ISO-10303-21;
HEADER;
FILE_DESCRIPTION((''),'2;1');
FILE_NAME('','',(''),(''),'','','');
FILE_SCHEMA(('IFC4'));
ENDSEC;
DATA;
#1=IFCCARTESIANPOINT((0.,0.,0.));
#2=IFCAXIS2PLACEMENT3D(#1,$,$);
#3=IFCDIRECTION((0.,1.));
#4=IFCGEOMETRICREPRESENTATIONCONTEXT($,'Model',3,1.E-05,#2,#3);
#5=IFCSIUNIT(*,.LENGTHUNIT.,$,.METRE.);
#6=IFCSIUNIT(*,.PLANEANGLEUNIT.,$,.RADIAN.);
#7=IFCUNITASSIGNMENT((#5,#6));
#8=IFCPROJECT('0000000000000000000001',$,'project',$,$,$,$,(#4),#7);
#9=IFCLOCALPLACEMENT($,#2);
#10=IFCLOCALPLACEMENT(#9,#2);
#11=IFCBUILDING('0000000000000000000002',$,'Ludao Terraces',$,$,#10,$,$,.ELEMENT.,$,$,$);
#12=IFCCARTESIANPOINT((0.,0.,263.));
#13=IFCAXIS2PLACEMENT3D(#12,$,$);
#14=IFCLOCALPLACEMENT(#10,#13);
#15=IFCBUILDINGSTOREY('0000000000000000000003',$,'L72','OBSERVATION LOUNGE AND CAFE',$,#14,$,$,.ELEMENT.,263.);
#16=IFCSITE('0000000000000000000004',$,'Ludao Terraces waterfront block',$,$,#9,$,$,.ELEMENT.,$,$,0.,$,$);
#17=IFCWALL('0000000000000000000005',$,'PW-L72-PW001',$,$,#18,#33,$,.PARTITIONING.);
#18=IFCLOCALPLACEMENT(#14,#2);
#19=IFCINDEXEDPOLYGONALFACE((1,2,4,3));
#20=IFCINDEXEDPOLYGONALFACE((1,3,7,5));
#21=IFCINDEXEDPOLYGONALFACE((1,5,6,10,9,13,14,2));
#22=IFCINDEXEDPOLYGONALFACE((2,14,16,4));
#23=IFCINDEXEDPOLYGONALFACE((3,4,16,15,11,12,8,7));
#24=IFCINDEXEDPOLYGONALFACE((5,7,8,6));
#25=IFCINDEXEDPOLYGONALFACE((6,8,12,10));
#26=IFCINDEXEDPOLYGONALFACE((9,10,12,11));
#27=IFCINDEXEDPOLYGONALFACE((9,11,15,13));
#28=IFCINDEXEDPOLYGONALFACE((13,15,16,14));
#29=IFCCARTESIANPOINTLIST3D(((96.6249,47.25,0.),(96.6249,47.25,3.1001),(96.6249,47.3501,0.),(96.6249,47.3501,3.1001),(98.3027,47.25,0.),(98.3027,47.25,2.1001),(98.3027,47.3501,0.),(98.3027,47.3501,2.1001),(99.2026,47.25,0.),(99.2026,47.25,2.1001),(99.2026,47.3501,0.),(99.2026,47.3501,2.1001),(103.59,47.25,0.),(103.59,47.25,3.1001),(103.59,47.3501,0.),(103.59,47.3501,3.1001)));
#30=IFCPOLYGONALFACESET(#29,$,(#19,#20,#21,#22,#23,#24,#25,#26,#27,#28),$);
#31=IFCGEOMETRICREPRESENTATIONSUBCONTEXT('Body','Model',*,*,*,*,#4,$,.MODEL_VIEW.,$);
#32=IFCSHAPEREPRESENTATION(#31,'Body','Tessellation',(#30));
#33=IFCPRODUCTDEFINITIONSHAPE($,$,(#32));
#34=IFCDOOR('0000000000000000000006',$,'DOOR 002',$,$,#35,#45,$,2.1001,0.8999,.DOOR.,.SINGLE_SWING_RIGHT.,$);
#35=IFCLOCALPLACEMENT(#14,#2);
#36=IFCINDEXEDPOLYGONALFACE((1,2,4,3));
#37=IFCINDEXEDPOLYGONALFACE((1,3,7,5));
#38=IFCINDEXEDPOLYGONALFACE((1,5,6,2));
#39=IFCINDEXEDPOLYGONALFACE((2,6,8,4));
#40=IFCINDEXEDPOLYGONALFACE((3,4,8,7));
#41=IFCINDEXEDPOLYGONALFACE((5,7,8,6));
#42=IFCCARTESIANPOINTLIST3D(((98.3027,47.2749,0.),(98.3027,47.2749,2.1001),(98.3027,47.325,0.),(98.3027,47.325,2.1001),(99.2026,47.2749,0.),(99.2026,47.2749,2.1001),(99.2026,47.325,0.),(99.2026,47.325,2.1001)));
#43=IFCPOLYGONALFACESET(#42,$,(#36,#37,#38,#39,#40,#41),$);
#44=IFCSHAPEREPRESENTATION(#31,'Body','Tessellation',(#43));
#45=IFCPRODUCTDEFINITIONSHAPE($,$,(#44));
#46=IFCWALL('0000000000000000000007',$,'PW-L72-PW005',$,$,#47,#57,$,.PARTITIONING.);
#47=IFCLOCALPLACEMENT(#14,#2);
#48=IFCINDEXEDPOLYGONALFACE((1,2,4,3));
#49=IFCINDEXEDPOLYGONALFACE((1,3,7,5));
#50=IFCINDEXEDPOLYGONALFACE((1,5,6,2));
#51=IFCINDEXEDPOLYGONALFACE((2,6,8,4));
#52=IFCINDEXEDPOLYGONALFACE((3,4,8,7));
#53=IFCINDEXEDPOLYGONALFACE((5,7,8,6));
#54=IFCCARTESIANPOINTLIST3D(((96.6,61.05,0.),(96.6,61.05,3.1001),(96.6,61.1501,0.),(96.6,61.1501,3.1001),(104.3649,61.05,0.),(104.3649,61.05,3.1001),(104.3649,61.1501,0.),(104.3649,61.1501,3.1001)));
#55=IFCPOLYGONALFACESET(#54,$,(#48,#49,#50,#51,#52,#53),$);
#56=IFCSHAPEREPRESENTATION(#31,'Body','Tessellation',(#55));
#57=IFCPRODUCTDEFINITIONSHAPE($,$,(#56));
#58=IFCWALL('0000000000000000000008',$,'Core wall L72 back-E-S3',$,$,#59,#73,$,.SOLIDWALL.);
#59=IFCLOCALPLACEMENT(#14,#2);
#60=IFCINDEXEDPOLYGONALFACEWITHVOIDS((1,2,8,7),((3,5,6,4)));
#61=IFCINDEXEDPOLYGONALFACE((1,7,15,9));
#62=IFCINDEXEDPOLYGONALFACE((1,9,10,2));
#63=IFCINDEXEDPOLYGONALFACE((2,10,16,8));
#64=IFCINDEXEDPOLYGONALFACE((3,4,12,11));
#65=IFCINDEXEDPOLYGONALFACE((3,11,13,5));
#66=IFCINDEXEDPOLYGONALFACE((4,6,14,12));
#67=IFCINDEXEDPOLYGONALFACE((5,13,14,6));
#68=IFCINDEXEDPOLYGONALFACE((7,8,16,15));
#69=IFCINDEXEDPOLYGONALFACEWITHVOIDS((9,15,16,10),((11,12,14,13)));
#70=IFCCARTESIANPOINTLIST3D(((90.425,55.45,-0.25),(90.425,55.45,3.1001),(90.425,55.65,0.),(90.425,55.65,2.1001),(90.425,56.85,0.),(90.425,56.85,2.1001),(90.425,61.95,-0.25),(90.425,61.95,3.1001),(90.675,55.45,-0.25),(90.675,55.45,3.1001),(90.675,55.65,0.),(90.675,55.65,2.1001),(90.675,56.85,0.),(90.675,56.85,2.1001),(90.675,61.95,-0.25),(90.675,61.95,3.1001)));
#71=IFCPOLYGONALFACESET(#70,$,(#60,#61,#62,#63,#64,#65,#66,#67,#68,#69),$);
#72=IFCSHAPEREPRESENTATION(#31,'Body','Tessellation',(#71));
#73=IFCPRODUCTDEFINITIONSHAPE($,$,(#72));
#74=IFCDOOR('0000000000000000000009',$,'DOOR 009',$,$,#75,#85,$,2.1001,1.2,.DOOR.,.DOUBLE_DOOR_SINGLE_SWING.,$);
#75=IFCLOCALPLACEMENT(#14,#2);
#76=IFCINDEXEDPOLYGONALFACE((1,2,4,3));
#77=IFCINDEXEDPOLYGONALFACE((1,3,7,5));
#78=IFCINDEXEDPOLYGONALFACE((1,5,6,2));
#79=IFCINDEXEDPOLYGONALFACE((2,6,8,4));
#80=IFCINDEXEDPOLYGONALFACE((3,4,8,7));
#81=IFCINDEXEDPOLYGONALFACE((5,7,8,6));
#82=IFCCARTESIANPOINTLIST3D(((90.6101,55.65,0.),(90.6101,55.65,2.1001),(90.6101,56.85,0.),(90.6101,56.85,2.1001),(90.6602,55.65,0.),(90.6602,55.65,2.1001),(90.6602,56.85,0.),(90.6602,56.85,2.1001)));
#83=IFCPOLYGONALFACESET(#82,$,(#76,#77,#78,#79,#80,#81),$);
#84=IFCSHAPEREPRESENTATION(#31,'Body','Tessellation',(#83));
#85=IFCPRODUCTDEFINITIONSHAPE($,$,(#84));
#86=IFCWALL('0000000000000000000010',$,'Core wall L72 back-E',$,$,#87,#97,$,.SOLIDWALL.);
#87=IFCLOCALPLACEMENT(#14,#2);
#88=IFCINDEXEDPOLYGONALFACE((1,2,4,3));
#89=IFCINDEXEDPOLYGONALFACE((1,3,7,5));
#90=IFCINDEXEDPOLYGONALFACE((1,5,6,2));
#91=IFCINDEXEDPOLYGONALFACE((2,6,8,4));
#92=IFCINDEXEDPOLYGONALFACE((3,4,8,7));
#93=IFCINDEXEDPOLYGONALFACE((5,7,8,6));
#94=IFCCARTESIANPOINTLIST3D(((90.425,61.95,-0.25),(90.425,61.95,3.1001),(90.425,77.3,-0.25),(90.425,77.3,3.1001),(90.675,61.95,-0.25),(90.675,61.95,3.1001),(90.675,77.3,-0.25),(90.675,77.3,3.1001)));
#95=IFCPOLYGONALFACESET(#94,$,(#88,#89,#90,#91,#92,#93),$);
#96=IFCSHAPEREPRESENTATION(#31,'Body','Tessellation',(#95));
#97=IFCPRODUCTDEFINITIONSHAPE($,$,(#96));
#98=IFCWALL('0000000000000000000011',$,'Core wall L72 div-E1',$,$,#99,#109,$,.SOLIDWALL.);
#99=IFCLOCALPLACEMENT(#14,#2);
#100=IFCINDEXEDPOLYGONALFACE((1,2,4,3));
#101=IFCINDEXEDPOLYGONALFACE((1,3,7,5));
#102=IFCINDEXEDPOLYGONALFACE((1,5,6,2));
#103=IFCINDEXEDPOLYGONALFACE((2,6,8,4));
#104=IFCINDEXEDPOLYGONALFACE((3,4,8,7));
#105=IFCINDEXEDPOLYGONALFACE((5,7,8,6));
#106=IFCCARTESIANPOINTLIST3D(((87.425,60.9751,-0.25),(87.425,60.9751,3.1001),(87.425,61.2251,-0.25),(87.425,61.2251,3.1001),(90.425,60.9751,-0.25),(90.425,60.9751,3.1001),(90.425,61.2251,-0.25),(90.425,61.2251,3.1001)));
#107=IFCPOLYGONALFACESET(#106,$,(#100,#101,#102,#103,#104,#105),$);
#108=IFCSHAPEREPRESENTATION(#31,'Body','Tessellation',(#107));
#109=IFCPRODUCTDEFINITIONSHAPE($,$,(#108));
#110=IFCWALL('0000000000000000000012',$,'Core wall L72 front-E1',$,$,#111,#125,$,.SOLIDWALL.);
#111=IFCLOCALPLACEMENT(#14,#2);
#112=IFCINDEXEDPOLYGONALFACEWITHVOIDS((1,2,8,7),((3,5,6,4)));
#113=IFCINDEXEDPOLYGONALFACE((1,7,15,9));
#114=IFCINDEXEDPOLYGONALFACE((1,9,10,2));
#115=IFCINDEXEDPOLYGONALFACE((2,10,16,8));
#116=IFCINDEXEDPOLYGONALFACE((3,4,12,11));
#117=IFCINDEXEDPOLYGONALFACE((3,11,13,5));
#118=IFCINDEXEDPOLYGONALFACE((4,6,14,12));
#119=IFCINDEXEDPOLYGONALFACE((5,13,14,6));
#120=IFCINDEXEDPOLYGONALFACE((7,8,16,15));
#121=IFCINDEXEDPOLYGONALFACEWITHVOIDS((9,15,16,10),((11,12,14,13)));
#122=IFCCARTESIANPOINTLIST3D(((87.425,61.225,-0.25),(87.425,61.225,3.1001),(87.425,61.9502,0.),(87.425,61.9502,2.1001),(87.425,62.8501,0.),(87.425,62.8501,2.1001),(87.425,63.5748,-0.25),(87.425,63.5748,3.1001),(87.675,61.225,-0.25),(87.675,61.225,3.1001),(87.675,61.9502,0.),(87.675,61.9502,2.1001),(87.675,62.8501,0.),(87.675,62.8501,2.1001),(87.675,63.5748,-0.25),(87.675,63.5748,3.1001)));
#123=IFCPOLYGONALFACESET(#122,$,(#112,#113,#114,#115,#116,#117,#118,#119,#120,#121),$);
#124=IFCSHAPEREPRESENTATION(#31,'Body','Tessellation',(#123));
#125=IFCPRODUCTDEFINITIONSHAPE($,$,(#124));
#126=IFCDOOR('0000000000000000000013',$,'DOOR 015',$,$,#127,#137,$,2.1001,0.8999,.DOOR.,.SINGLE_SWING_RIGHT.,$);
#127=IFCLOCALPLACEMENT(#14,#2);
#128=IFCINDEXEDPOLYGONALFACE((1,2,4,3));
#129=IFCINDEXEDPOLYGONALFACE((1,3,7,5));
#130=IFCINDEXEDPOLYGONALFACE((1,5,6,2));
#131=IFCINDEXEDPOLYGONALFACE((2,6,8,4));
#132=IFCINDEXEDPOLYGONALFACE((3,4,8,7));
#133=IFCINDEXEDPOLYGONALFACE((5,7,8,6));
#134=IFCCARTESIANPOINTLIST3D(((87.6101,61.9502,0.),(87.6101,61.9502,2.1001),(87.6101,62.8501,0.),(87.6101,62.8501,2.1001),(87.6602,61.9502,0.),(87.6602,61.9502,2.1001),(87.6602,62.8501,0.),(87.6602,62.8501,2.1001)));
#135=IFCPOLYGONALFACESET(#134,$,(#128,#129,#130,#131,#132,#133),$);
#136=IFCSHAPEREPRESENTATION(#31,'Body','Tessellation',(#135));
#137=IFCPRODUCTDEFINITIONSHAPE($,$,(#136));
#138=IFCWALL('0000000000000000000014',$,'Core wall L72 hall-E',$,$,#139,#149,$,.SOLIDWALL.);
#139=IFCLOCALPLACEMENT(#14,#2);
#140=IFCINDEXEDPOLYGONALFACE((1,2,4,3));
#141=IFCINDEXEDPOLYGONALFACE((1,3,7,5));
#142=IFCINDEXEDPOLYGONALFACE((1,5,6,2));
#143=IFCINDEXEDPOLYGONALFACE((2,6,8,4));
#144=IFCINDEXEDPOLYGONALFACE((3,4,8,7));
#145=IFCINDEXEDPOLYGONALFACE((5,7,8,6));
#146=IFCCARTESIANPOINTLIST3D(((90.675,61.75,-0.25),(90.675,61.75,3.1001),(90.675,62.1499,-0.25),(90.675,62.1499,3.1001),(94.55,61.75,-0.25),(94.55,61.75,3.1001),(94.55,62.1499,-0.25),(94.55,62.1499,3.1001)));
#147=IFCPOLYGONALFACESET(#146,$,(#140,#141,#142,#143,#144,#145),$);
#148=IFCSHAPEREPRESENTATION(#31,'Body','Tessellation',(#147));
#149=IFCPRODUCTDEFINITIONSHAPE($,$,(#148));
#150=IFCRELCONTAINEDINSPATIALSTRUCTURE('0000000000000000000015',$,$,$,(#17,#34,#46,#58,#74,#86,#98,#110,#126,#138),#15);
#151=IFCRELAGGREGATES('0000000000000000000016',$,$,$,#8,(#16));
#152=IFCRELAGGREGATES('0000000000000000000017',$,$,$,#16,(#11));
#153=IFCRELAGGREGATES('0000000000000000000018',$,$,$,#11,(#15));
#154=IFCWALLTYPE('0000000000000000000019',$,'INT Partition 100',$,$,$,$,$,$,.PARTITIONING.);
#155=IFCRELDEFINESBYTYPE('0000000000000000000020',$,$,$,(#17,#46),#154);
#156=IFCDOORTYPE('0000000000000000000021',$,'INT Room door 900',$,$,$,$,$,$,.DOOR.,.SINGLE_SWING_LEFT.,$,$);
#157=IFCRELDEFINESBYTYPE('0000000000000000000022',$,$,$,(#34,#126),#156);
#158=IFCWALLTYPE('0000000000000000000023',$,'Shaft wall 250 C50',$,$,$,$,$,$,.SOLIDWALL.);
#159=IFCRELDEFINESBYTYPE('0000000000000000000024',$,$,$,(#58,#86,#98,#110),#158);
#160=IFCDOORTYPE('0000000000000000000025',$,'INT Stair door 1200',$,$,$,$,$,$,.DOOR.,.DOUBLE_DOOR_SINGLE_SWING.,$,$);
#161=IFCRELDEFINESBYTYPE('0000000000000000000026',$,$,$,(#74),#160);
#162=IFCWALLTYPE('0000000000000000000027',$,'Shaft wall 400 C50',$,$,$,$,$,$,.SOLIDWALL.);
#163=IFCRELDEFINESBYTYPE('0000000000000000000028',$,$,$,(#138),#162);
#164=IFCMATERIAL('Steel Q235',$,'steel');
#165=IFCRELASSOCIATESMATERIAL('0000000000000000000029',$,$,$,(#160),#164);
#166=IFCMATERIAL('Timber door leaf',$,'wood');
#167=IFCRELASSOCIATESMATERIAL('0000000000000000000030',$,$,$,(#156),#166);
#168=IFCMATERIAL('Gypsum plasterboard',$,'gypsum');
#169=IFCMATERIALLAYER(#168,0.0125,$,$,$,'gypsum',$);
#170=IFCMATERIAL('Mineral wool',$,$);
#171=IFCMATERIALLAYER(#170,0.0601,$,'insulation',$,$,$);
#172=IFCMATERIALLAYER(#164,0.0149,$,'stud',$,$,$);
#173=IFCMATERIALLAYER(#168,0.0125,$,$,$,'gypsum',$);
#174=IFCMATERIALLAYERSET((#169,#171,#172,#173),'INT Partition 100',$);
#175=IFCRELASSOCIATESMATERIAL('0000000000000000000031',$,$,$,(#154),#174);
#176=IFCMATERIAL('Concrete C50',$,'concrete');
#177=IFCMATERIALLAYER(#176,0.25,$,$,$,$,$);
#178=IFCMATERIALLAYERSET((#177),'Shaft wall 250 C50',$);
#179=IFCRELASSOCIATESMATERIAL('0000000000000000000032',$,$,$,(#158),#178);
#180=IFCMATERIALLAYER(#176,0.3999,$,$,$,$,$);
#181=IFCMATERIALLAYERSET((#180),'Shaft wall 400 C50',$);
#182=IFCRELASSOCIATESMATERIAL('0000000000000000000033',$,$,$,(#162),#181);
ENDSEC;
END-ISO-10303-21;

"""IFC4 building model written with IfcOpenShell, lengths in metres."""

from ifc_helpers import new_model, si_unit, direction, frame, frame_2d, origin, place, context, subcontext, project, spatial, rectangle, extrude, material, layer, layer_set, type_object, element, fill, save


model = new_model("IFC4")

# Units and contexts
model_context = context("Model", 3, precision=1e-05, world=origin(), true_north=direction((0.0, 1.0)))
body_context = subcontext(model_context, "Body", "Model", "MODEL_VIEW")
ifc_project = project(units=[si_unit("LENGTHUNIT", "METRE"), si_unit("PLANEANGLEUNIT", "RADIAN")], contexts=[model_context])

# Site, building, storey
site_placement = place(None, origin())
site = spatial("IfcSite", under=ifc_project, at=site_placement, Name="Ludao Terraces waterfront block", CompositionType="ELEMENT", RefElevation=0.0)
building_placement = place(site_placement, origin())
building = spatial("IfcBuilding", under=site, at=building_placement, Name="Ludao Terraces", CompositionType="ELEMENT")
storey_placement = place(building_placement, frame((0.0, 0.0, 263.0)))
storey = spatial("IfcBuildingStorey", under=building, at=storey_placement, Name="L72", Description="OBSERVATION LOUNGE AND CAFE", CompositionType="ELEMENT", Elevation=263.0)

# Shared definitions
ifc_material_1 = material(Name="Concrete C50", Category="concrete")
ifc_material_2 = material(Name="Steel Q235", Category="steel")
door_type_1 = type_object("IfcDoorType", Name="INT Stair door 1200", OperationType="DOUBLE_DOOR_SINGLE_SWING", PredefinedType="DOOR", material=ifc_material_2)

# Shared definitions
ifc_material_3 = material(Name="Timber door leaf", Category="wood")
door_type_2 = type_object("IfcDoorType", Name="INT Room door 900", OperationType="SINGLE_SWING_LEFT", PredefinedType="DOOR", material=ifc_material_3)

# Wall, opening, door
ifc_material_4 = material(Name="Gypsum plasterboard", Category="gypsum")
ifc_layer_1 = layer(ifc_material_4, 0.0125, Category="gypsum")
ifc_material_5 = material(Name="Mineral wool")
ifc_layer_2 = layer(ifc_material_5, 0.0601, Name="insulation")
ifc_layer_3 = layer(ifc_material_2, 0.0149, Name="stud")
ifc_layer_4 = layer(ifc_material_4, 0.0125, Category="gypsum")
ifc_layer_set_1 = layer_set([ifc_layer_1, ifc_layer_2, ifc_layer_3, ifc_layer_4], Name="INT Partition 100")
wall_type_1 = type_object("IfcWallType", Name="INT Partition 100", PredefinedType="PARTITIONING", material=ifc_layer_set_1)
wall_1_placement = place(storey_placement, frame((96.625, 47.3, 0.0), z_axis=(0.0, 0.0, 1.0), x_axis=(1.0, 0.0, 0.0)))
wall_1 = element("IfcWall", 1, at=wall_1_placement, inside=storey, type_object=wall_type_1, Name="PW-L72-PW001", PredefinedType="PARTITIONING", context=body_context, shape_type="SweptSolid", body=[
    extrude(rectangle(XDim=6.9651, YDim=0.1001, at=frame_2d((3.4824, 0.0))), origin(), (0.0, 0.0, 1.0), 3.1001),
])
opening_1_placement = place(wall_1_placement, frame((1.6777, 0.0, 0.0)))
opening_1 = element("IfcOpeningElement", 2, at=opening_1_placement, cuts=wall_1, PredefinedType="OPENING", context=body_context, shape_type="SweptSolid", body=[
    extrude(rectangle(XDim=0.8999, YDim=2.1001, at=frame_2d((0.45, 1.05))), frame((0.0, 0.0601, 0.0), z_axis=(0.0, -1.0, 0.0), x_axis=(1.0, 0.0, 0.0)), (0.0, 0.0, 1.0), 0.1201),
])
door_1_placement = place(opening_1_placement, origin())
door_1 = element("IfcDoor", 3, at=door_1_placement, inside=storey, type_object=door_type_2, Name="DOOR 002", OperationType="SINGLE_SWING_RIGHT", OverallHeight=2.1001, OverallWidth=0.8999, PredefinedType="DOOR", context=body_context, shape_type="SweptSolid", body=[
    extrude(rectangle(XDim=0.8999, YDim=2.1001, at=frame_2d((0.45, 1.05))), frame((0.0, 0.0249, 0.0), z_axis=(0.0, -1.0, 0.0), x_axis=(1.0, 0.0, 0.0)), (0.0, 0.0, 1.0), 0.05),
])
fill(opening_1, door_1)

# Wall
wall_2_placement = place(storey_placement, frame((96.6001, 61.1001, 0.0), z_axis=(0.0, 0.0, 1.0), x_axis=(1.0, 0.0, 0.0)))
element("IfcWall", 4, at=wall_2_placement, inside=storey, type_object=wall_type_1, Name="PW-L72-PW005", PredefinedType="PARTITIONING", context=body_context, shape_type="SweptSolid", body=[
    extrude(rectangle(XDim=7.7649, YDim=0.1001, at=frame_2d((3.8823, 0.0))), origin(), (0.0, 0.0, 1.0), 3.1001),
])

# Wall, opening, door
ifc_layer_5 = layer(ifc_material_1, 0.25)
ifc_layer_set_2 = layer_set([ifc_layer_5], Name="Shaft wall 250 C50")
wall_type_2 = type_object("IfcWallType", Name="Shaft wall 250 C50", PredefinedType="SOLIDWALL", material=ifc_layer_set_2)
wall_3_placement = place(storey_placement, frame((90.55, 55.45, -0.25), z_axis=(0.0, 0.0, 1.0), x_axis=(0.0, 1.0, 0.0)))
wall_3 = element("IfcWall", 5, at=wall_3_placement, inside=storey, type_object=wall_type_2, Name="Core wall L72 back-E-S3", PredefinedType="SOLIDWALL", context=body_context, shape_type="SweptSolid", body=[
    extrude(rectangle(XDim=6.5, YDim=0.25, at=frame_2d((3.25, 0.0))), origin(), (0.0, 0.0, 1.0), 3.3501),
])
opening_2_placement = place(wall_3_placement, frame((0.2, 0.0, 0.25)))
opening_2 = element("IfcOpeningElement", 6, at=opening_2_placement, cuts=wall_3, PredefinedType="OPENING", context=body_context, shape_type="SweptSolid", body=[
    extrude(rectangle(XDim=1.2, YDim=2.1001, at=frame_2d((0.6001, 1.05))), frame((0.0, 0.135, 0.0), z_axis=(0.0, -1.0, 0.0), x_axis=(1.0, 0.0, 0.0)), (0.0, 0.0, 1.0), 0.27),
])
door_2_placement = place(opening_2_placement, origin())
door_2 = element("IfcDoor", 7, at=door_2_placement, inside=storey, type_object=door_type_1, Name="DOOR 009", OperationType="DOUBLE_DOOR_SINGLE_SWING", OverallHeight=2.1001, OverallWidth=1.2, PredefinedType="DOOR", context=body_context, shape_type="SweptSolid", body=[
    extrude(rectangle(XDim=1.2, YDim=2.1001, at=frame_2d((0.6001, 1.05))), frame((0.0, -0.0601, 0.0), z_axis=(0.0, -1.0, 0.0), x_axis=(1.0, 0.0, 0.0)), (0.0, 0.0, 1.0), 0.05),
])
fill(opening_2, door_2)

# Walls
wall_4_placement = place(storey_placement, frame((90.55, 61.95, -0.25), z_axis=(0.0, 0.0, 1.0), x_axis=(0.0, 1.0, 0.0)))
element("IfcWall", 8, at=wall_4_placement, inside=storey, type_object=wall_type_2, Name="Core wall L72 back-E", PredefinedType="SOLIDWALL", context=body_context, shape_type="SweptSolid", body=[
    extrude(rectangle(XDim=15.3501, YDim=0.25, at=frame_2d((7.675, 0.0))), origin(), (0.0, 0.0, 1.0), 3.3501),
])
wall_5_placement = place(storey_placement, frame((87.425, 61.1001, -0.25), z_axis=(0.0, 0.0, 1.0), x_axis=(1.0, 0.0, 0.0)))
element("IfcWall", 9, at=wall_5_placement, inside=storey, type_object=wall_type_2, Name="Core wall L72 div-E1", PredefinedType="SOLIDWALL", context=body_context, shape_type="SweptSolid", body=[
    extrude(rectangle(XDim=3.0, YDim=0.25, at=frame_2d((1.5, 0.0))), origin(), (0.0, 0.0, 1.0), 3.3501),
])

# Wall, opening, door
wall_6_placement = place(storey_placement, frame((87.55, 61.2251, -0.25), z_axis=(0.0, 0.0, 1.0), x_axis=(0.0, 1.0, 0.0)))
wall_6 = element("IfcWall", 10, at=wall_6_placement, inside=storey, type_object=wall_type_2, Name="Core wall L72 front-E1", PredefinedType="SOLIDWALL", context=body_context, shape_type="SweptSolid", body=[
    extrude(rectangle(XDim=2.3499, YDim=0.25, at=frame_2d((1.1748, 0.0))), origin(), (0.0, 0.0, 1.0), 3.3501),
])
opening_3_placement = place(wall_6_placement, frame((0.7251, 0.0, 0.25)))
opening_3 = element("IfcOpeningElement", 11, at=opening_3_placement, cuts=wall_6, PredefinedType="OPENING", context=body_context, shape_type="SweptSolid", body=[
    extrude(rectangle(XDim=0.8999, YDim=2.1001, at=frame_2d((0.45, 1.05))), frame((0.0, 0.135, 0.0), z_axis=(0.0, -1.0, 0.0), x_axis=(1.0, 0.0, 0.0)), (0.0, 0.0, 1.0), 0.27),
])
door_3_placement = place(opening_3_placement, origin())
door_3 = element("IfcDoor", 12, at=door_3_placement, inside=storey, type_object=door_type_2, Name="DOOR 015", OperationType="SINGLE_SWING_RIGHT", OverallHeight=2.1001, OverallWidth=0.8999, PredefinedType="DOOR", context=body_context, shape_type="SweptSolid", body=[
    extrude(rectangle(XDim=0.8999, YDim=2.1001, at=frame_2d((0.45, 1.05))), frame((0.0, -0.0601, 0.0), z_axis=(0.0, -1.0, 0.0), x_axis=(1.0, 0.0, 0.0)), (0.0, 0.0, 1.0), 0.05),
])
fill(opening_3, door_3)

# Wall
ifc_layer_6 = layer(ifc_material_1, 0.3999)
ifc_layer_set_3 = layer_set([ifc_layer_6], Name="Shaft wall 400 C50")
wall_type_3 = type_object("IfcWallType", Name="Shaft wall 400 C50", PredefinedType="SOLIDWALL", material=ifc_layer_set_3)
wall_7_placement = place(storey_placement, frame((90.675, 61.95, -0.25), z_axis=(0.0, 0.0, 1.0), x_axis=(1.0, 0.0, 0.0)))
element("IfcWall", 13, at=wall_7_placement, inside=storey, type_object=wall_type_3, Name="Core wall L72 hall-E", PredefinedType="SOLIDWALL", context=body_context, shape_type="SweptSolid", body=[
    extrude(rectangle(XDim=3.875, YDim=0.3999, at=frame_2d((1.9375, 0.0))), origin(), (0.0, 0.0, 1.0), 3.3501),
])

save(model, "model.ifc")
